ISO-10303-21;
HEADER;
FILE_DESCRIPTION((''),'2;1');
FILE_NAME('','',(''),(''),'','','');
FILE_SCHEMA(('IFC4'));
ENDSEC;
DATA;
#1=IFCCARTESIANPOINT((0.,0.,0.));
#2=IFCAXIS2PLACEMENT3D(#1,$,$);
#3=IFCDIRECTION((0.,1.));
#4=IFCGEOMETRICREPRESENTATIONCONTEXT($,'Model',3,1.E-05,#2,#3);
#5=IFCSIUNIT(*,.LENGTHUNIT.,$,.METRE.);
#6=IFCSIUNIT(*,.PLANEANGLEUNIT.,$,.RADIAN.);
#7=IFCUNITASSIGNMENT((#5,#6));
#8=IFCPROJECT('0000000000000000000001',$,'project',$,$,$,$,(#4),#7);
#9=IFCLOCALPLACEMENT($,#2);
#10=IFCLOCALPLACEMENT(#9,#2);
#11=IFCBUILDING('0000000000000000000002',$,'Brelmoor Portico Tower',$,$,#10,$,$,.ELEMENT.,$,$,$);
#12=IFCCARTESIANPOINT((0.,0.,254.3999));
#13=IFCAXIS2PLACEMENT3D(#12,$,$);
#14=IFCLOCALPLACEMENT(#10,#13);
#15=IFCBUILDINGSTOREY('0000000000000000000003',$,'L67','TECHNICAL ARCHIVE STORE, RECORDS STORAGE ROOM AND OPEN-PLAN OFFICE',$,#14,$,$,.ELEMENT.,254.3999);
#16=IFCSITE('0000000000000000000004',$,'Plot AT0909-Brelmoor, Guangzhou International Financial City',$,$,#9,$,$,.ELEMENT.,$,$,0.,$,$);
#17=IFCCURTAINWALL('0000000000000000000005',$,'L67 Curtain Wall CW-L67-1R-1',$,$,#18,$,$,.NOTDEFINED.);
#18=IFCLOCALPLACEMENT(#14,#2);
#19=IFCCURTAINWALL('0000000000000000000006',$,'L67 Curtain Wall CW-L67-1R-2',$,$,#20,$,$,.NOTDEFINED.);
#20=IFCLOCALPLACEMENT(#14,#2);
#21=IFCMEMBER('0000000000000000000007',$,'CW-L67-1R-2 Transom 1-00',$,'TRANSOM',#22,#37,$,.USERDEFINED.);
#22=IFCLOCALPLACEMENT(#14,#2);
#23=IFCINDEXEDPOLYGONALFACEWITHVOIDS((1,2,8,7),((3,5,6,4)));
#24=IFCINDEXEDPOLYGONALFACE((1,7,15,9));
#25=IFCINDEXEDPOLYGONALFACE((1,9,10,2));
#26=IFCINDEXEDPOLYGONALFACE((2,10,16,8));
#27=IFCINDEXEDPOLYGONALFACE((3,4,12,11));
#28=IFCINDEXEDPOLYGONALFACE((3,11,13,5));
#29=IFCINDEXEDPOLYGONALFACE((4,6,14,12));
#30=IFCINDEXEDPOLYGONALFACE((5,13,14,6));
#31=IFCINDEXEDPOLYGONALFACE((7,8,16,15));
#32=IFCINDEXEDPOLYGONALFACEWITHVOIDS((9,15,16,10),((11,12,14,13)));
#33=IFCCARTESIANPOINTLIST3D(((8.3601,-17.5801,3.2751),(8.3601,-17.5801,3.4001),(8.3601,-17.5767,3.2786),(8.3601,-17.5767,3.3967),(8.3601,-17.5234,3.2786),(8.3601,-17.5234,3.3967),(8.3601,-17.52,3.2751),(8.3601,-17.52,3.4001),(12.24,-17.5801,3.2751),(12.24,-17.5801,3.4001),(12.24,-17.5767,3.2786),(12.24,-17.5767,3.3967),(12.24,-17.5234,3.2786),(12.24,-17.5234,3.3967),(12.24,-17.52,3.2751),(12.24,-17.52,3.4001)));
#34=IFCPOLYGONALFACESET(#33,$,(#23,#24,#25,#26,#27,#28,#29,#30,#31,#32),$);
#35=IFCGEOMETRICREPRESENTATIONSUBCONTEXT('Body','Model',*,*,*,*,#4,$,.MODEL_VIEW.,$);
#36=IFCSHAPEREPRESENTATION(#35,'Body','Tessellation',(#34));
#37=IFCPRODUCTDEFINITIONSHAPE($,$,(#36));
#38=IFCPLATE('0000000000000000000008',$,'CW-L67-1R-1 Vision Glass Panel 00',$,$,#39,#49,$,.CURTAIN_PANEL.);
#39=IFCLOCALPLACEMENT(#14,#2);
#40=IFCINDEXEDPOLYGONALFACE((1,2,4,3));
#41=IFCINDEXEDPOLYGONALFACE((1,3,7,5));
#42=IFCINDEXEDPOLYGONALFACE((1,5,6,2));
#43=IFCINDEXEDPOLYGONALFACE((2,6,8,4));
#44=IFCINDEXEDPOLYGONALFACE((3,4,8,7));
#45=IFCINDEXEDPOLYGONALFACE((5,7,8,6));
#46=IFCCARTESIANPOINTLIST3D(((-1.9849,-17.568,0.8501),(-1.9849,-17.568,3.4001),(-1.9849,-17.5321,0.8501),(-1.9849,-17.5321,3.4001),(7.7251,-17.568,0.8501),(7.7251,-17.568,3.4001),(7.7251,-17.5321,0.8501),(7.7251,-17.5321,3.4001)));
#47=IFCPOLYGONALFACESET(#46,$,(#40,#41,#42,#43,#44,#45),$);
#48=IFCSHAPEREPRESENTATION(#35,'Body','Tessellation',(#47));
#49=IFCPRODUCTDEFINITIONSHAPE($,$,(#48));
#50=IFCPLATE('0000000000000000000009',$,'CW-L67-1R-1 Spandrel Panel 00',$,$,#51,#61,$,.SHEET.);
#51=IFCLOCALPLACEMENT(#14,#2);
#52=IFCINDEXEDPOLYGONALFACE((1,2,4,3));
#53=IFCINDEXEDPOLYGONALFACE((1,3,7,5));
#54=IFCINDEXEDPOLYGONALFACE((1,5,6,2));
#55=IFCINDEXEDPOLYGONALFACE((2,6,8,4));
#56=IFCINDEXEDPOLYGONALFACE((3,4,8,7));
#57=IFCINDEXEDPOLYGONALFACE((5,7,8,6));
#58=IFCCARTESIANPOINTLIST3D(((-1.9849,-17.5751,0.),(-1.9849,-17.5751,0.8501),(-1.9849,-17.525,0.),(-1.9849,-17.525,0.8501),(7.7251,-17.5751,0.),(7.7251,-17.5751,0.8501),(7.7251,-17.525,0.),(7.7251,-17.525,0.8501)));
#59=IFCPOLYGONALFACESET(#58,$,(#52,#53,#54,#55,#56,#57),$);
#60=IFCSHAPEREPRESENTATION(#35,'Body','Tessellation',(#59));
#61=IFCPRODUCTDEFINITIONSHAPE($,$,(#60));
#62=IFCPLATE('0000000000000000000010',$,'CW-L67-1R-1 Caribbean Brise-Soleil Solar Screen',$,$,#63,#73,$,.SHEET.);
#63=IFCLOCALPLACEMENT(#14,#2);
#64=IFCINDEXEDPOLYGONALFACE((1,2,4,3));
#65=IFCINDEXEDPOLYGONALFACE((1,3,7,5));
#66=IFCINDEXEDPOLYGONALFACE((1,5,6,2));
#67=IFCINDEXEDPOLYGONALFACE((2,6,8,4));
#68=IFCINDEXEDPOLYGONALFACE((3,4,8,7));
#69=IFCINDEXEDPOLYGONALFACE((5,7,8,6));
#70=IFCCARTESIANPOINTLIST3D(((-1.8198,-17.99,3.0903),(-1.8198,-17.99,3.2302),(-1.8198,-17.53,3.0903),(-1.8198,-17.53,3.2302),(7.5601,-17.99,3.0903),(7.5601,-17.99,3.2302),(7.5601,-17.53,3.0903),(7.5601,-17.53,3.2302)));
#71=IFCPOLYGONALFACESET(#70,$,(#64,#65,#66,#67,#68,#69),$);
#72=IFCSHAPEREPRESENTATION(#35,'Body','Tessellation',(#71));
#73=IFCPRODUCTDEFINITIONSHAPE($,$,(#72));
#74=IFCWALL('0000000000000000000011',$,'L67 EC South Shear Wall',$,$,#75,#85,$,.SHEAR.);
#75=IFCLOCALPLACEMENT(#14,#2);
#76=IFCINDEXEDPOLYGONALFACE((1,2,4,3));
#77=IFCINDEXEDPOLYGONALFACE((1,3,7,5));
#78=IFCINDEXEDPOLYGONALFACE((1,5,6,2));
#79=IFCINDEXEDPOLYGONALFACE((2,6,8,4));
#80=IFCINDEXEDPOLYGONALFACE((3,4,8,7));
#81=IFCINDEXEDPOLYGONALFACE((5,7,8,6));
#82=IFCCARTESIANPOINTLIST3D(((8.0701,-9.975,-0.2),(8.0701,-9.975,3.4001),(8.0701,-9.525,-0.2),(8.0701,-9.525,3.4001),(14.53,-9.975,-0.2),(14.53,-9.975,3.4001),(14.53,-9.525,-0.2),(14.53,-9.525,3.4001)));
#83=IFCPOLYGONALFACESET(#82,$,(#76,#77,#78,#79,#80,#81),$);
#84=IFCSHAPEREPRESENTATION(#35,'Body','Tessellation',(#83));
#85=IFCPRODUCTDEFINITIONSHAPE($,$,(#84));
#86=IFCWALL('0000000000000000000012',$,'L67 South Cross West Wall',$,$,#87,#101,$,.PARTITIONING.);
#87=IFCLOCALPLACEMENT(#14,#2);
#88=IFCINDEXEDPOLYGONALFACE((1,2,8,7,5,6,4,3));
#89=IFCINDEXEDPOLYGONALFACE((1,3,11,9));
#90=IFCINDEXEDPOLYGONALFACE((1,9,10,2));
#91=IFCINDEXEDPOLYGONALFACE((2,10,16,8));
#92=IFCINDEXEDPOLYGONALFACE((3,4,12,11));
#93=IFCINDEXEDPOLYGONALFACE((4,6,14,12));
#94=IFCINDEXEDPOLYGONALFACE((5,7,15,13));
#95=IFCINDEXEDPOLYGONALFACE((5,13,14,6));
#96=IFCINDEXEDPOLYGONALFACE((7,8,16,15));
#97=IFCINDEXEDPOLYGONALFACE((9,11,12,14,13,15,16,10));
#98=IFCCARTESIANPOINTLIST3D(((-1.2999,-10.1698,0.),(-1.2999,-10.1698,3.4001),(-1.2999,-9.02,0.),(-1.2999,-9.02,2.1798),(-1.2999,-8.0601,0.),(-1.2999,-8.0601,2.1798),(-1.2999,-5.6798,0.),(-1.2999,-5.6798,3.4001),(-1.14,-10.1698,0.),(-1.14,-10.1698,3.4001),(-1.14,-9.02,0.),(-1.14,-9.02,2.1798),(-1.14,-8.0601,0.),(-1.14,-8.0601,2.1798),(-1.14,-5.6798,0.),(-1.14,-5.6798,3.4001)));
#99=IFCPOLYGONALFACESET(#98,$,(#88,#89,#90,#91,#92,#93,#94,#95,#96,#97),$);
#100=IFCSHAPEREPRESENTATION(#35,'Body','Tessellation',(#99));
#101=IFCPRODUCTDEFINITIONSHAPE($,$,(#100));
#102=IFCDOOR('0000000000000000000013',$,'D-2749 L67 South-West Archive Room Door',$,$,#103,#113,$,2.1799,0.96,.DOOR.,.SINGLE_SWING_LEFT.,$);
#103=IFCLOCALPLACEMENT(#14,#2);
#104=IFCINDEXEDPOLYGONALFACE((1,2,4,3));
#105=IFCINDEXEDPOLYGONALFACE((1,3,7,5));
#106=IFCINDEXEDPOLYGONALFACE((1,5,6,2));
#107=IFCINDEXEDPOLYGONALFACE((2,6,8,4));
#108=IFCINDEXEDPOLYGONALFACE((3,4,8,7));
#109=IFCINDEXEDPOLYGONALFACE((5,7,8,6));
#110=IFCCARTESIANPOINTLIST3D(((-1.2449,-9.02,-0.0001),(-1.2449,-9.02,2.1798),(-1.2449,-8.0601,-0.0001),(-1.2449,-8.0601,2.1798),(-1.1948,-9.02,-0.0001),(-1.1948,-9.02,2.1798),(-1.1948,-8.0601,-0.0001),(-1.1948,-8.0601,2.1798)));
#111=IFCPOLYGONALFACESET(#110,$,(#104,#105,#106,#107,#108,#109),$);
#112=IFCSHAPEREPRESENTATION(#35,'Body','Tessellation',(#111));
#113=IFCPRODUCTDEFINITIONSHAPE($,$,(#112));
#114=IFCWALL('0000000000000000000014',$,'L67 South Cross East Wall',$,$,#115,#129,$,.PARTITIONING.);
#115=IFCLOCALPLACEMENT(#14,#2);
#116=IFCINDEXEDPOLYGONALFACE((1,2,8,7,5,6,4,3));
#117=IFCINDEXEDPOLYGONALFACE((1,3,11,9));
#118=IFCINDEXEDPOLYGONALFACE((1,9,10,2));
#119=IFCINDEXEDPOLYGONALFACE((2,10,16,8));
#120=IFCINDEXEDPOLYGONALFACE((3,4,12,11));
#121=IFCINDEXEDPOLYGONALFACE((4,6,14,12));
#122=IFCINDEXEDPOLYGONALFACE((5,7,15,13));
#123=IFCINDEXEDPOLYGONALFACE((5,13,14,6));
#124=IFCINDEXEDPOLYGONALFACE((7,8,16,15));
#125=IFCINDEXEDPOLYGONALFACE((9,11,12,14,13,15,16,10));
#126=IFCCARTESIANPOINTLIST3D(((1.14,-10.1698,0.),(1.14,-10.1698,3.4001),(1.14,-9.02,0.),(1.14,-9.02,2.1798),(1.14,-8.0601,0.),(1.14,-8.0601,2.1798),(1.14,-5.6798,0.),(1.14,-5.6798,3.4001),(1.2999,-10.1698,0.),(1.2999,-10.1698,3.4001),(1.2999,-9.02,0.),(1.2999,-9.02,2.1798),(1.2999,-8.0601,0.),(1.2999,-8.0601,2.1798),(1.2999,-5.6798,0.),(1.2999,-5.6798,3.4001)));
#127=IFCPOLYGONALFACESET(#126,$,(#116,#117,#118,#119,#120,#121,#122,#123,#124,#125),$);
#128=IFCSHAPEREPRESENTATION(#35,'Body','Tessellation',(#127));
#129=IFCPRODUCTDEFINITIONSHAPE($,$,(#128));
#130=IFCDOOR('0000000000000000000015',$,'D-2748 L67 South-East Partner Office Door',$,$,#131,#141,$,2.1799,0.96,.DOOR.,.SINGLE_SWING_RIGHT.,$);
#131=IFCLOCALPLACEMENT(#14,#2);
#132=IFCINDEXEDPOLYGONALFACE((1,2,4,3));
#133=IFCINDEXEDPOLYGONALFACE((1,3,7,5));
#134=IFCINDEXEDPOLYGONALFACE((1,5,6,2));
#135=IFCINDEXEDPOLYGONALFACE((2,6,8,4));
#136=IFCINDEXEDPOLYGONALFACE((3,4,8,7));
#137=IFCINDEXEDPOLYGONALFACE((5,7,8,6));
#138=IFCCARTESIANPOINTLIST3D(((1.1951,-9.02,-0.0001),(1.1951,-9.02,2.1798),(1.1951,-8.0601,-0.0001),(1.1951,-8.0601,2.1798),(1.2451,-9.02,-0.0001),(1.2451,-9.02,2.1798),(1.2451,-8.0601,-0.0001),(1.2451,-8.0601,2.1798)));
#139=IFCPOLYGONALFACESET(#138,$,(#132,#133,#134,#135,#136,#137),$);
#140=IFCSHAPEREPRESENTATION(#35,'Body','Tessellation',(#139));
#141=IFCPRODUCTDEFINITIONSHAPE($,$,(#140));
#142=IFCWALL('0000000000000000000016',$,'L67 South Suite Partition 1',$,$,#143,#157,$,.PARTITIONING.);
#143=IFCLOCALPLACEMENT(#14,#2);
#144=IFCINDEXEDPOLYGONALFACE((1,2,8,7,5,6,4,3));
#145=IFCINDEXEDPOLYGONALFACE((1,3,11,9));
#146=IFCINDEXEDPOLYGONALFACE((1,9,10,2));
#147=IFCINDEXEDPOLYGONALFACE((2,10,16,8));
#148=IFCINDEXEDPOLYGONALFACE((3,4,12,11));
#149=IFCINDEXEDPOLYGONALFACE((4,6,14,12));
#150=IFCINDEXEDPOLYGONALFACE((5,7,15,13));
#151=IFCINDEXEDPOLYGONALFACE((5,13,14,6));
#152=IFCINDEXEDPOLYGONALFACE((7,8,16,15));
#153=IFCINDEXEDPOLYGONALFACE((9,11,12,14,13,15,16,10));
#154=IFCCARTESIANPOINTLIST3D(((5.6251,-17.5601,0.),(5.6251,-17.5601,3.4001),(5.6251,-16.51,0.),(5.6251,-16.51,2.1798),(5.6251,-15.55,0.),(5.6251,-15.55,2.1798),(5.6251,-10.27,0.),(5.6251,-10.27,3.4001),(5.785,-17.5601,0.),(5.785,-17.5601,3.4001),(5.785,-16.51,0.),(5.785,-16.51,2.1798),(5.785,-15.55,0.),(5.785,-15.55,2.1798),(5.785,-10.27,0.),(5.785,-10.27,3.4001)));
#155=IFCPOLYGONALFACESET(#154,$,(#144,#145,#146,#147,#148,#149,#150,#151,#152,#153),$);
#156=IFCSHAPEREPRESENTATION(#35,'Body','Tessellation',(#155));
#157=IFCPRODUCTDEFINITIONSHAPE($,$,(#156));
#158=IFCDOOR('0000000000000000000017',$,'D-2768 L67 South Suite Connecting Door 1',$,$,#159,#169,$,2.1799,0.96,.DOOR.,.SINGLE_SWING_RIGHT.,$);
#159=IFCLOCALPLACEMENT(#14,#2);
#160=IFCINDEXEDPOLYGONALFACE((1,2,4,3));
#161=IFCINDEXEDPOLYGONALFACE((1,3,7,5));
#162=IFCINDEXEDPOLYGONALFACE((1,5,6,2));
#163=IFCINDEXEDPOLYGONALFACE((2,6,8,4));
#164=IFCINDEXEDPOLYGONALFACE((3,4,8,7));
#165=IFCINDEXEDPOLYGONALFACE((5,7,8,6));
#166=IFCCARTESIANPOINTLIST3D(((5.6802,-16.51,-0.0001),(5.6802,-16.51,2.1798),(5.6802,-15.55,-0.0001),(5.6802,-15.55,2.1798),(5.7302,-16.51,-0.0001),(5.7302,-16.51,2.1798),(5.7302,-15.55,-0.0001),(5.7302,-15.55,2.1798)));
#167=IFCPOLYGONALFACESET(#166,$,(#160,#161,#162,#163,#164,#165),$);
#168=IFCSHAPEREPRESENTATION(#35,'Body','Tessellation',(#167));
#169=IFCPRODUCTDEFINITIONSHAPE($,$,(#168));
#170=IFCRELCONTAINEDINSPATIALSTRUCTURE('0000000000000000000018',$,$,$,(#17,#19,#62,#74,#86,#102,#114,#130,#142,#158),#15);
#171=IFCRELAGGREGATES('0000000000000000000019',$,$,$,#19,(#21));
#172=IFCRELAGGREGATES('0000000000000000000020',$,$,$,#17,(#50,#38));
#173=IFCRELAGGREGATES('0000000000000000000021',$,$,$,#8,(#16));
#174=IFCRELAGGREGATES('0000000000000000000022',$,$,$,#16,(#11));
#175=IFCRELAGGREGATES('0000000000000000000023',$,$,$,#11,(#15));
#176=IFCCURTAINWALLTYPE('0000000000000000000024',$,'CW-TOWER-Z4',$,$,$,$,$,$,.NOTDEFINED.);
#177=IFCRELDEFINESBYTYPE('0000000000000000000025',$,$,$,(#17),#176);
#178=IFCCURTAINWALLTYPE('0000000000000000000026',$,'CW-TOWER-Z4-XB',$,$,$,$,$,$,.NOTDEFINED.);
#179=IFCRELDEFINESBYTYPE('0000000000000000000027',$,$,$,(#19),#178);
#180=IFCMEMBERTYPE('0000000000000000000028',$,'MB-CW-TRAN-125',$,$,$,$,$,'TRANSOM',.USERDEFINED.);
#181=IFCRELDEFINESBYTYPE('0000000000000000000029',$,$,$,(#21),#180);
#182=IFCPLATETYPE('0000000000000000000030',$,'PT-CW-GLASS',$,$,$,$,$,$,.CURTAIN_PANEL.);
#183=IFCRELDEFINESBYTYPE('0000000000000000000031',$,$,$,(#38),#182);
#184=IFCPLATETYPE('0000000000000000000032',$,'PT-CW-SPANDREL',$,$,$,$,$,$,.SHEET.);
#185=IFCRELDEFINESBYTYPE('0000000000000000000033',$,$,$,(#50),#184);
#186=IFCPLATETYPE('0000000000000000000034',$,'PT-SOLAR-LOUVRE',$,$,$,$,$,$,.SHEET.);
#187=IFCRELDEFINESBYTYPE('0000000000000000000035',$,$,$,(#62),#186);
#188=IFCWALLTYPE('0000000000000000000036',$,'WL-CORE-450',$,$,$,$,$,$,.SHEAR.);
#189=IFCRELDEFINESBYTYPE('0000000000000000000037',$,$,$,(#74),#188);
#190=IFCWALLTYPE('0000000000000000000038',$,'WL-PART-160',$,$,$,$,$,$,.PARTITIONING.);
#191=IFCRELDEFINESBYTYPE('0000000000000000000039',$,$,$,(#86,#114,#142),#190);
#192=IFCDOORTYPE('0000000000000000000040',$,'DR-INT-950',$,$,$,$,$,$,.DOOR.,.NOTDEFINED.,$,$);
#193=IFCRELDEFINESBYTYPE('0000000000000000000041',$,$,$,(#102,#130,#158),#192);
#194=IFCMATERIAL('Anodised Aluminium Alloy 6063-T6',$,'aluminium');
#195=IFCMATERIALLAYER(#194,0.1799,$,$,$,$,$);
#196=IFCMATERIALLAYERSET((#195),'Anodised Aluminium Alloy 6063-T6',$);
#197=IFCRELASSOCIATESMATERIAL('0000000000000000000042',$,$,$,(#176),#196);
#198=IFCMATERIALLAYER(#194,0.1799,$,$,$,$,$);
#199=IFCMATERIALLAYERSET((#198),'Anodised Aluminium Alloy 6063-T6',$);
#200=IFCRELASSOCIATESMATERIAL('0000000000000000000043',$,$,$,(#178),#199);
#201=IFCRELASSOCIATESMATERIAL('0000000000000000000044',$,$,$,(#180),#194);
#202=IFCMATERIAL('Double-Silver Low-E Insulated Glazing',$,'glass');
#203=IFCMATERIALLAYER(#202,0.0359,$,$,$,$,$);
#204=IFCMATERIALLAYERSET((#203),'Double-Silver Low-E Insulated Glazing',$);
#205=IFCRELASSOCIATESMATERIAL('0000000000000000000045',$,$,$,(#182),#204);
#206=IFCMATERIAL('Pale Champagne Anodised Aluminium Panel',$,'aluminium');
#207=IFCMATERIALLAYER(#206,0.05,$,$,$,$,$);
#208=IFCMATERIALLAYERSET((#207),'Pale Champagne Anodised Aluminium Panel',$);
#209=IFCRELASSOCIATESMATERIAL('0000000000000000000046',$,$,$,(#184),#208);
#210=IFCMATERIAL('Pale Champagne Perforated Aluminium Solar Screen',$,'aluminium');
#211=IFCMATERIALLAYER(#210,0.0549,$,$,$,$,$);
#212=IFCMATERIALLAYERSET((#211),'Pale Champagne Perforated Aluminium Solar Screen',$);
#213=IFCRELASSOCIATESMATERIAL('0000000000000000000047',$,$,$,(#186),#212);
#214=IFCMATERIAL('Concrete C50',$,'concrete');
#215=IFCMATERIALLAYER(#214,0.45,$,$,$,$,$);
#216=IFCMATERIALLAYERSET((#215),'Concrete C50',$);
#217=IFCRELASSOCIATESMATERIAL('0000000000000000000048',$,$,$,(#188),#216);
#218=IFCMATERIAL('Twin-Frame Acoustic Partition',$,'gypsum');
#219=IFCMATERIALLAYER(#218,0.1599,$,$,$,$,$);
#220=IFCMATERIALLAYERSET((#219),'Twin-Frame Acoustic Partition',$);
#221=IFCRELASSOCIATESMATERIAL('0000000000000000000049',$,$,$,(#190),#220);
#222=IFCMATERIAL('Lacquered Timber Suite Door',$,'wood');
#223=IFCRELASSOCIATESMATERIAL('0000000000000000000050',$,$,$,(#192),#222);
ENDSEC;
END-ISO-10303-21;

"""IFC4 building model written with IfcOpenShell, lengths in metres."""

from ifc_helpers import new_model, si_unit, direction, frame, frame_2d, origin, origin_2d, place, context, subcontext, project, spatial, rectangle, hollow_rectangle, extrude, material, layer, layer_set, material_profile, profile_set, type_object, element, fill, aggregate, save


model = new_model("IFC4")

# Units and contexts
model_context = context("Model", 3, precision=1e-05, world=origin(), true_north=direction((0.0, 1.0)))
body_context = subcontext(model_context, "Body", "Model", "MODEL_VIEW")
ifc_project = project(units=[si_unit("LENGTHUNIT", "METRE"), si_unit("PLANEANGLEUNIT", "RADIAN")], contexts=[model_context])

# Site, building, storey
site_placement = place(None, origin())
site = spatial("IfcSite", under=ifc_project, at=site_placement, Name="Plot AT0909-Brelmoor, Guangzhou International Financial City", CompositionType="ELEMENT", RefElevation=0.0)
building_placement = place(site_placement, origin())
building = spatial("IfcBuilding", under=site, at=building_placement, Name="Brelmoor Portico Tower", CompositionType="ELEMENT")
storey_placement = place(building_placement, frame((0.0, 0.0, 254.3999)))
storey = spatial("IfcBuildingStorey", under=building, at=storey_placement, Name="L67", Description="TECHNICAL ARCHIVE STORE, RECORDS STORAGE ROOM AND OPEN-PLAN OFFICE", CompositionType="ELEMENT", Elevation=254.3999)

# Curtain wall
ifc_material_1 = material(Name="Anodised Aluminium Alloy 6063-T6", Category="aluminium")
ifc_layer_1 = layer(ifc_material_1, 0.1799)
ifc_layer_set_1 = layer_set([ifc_layer_1], Name="Anodised Aluminium Alloy 6063-T6")
curtain_wall_type_1 = type_object("IfcCurtainWallType", Name="CW-TOWER-Z4", PredefinedType="NOTDEFINED", material=ifc_layer_set_1)
curtain_wall_1_placement = place(storey_placement, origin())
curtain_wall_1 = element("IfcCurtainWall", 1, at=curtain_wall_1_placement, inside=storey, type_object=curtain_wall_type_1, Name="L67 Curtain Wall CW-L67-1R-1", PredefinedType="NOTDEFINED")

# Curtain wall
ifc_layer_2 = layer(ifc_material_1, 0.1799)
ifc_layer_set_2 = layer_set([ifc_layer_2], Name="Anodised Aluminium Alloy 6063-T6")
curtain_wall_type_2 = type_object("IfcCurtainWallType", Name="CW-TOWER-Z4-XB", PredefinedType="NOTDEFINED", material=ifc_layer_set_2)
curtain_wall_2_placement = place(storey_placement, origin())
curtain_wall_2 = element("IfcCurtainWall", 2, at=curtain_wall_2_placement, inside=storey, type_object=curtain_wall_type_2, Name="L67 Curtain Wall CW-L67-1R-2", PredefinedType="NOTDEFINED")

# Member
ifc_material_profile_1 = material_profile(ifc_material_1, hollow_rectangle(XDim=0.0601, YDim=0.125, WallThickness=0.0034, at=origin_2d()), Name="ALU TRANSOM 60x125")
ifc_profile_set_1 = profile_set([ifc_material_profile_1], Name="Anodised Aluminium Alloy 6063-T6")
member_type_1 = type_object("IfcMemberType", Name="MB-CW-TRAN-125", ElementType="TRANSOM", PredefinedType="USERDEFINED", material=ifc_profile_set_1)
member_1_placement = place(storey_placement, frame((8.3601, -17.55, 3.3376), z_axis=(1.0, 0.0, 0.0), x_axis=(0.0, 1.0, 0.0)))
member_1 = element("IfcMember", 3, at=member_1_placement, type_object=member_type_1, Name="CW-L67-1R-2 Transom 1-00", ObjectType="TRANSOM", PredefinedType="USERDEFINED", context=body_context, shape_type="SweptSolid", body=[
    extrude(hollow_rectangle(XDim=0.0601, YDim=0.125, WallThickness=0.0034, at=origin_2d()), origin(), (0.0, 0.0, 1.0), 3.8799),
])
aggregate(curtain_wall_2, [member_1])

# Plates
ifc_material_2 = material(Name="Double-Silver Low-E Insulated Glazing", Category="glass")
ifc_layer_3 = layer(ifc_material_2, 0.0359)
ifc_layer_set_3 = layer_set([ifc_layer_3], Name="Double-Silver Low-E Insulated Glazing")
plate_type_1 = type_object("IfcPlateType", Name="PT-CW-GLASS", PredefinedType="CURTAIN_PANEL", material=ifc_layer_set_3)
plate_1_placement = place(storey_placement, frame((2.8701, -17.55, 0.8501), z_axis=(0.0, 0.0, 1.0), x_axis=(1.0, 0.0, 0.0)))
plate_1 = element("IfcPlate", 4, at=plate_1_placement, type_object=plate_type_1, Name="CW-L67-1R-1 Vision Glass Panel 00", PredefinedType="CURTAIN_PANEL", context=body_context, shape_type="SweptSolid", body=[
    extrude(rectangle(XDim=9.71, YDim=0.0359, at=origin_2d()), origin(), (0.0, 0.0, 1.0), 2.55),
])
ifc_material_3 = material(Name="Pale Champagne Anodised Aluminium Panel", Category="aluminium")
ifc_layer_4 = layer(ifc_material_3, 0.05)
ifc_layer_set_4 = layer_set([ifc_layer_4], Name="Pale Champagne Anodised Aluminium Panel")
plate_type_2 = type_object("IfcPlateType", Name="PT-CW-SPANDREL", PredefinedType="SHEET", material=ifc_layer_set_4)
plate_2_placement = place(storey_placement, frame((2.8701, -17.55, 0.0), z_axis=(0.0, 0.0, 1.0), x_axis=(1.0, 0.0, 0.0)))
plate_2 = element("IfcPlate", 5, at=plate_2_placement, type_object=plate_type_2, Name="CW-L67-1R-1 Spandrel Panel 00", PredefinedType="SHEET", context=body_context, shape_type="SweptSolid", body=[
    extrude(rectangle(XDim=9.71, YDim=0.05, at=origin_2d()), origin(), (0.0, 0.0, 1.0), 0.8501),
])
aggregate(curtain_wall_1, [plate_2, plate_1])
ifc_material_4 = material(Name="Pale Champagne Perforated Aluminium Solar Screen", Category="aluminium")
ifc_layer_5 = layer(ifc_material_4, 0.0549)
ifc_layer_set_5 = layer_set([ifc_layer_5], Name="Pale Champagne Perforated Aluminium Solar Screen")
plate_type_3 = type_object("IfcPlateType", Name="PT-SOLAR-LOUVRE", PredefinedType="SHEET", material=ifc_layer_set_5)
plate_3_placement = place(storey_placement, frame((2.8701, -17.76, 3.0903), z_axis=(0.0, 0.0, 1.0), x_axis=(1.0, 0.0, 0.0)))
element("IfcPlate", 6, at=plate_3_placement, inside=storey, type_object=plate_type_3, Name="CW-L67-1R-1 Caribbean Brise-Soleil Solar Screen", PredefinedType="SHEET", context=body_context, shape_type="SweptSolid", body=[
    extrude(rectangle(XDim=9.3799, YDim=0.46, at=origin_2d()), origin(), (0.0, 0.0, 1.0), 0.1399),
])

# Wall
ifc_material_5 = material(Name="Concrete C50", Category="concrete")
ifc_layer_6 = layer(ifc_material_5, 0.45)
ifc_layer_set_6 = layer_set([ifc_layer_6], Name="Concrete C50")
wall_type_1 = type_object("IfcWallType", Name="WL-CORE-450", PredefinedType="SHEAR", material=ifc_layer_set_6)
wall_1_placement = place(storey_placement, frame((8.0701, -9.75, -0.2), z_axis=(0.0, 0.0, 1.0), x_axis=(1.0, 0.0, 0.0)))
element("IfcWall", 7, at=wall_1_placement, inside=storey, type_object=wall_type_1, Name="L67 EC South Shear Wall", PredefinedType="SHEAR", context=body_context, shape_type="SweptSolid", body=[
    extrude(rectangle(XDim=6.46, YDim=0.45, at=frame_2d((3.23, 0.0))), origin(), (0.0, 0.0, 1.0), 3.6001),
])

# Walls, openings, doors
ifc_material_6 = material(Name="Twin-Frame Acoustic Partition", Category="gypsum")
ifc_layer_7 = layer(ifc_material_6, 0.1599)
ifc_layer_set_7 = layer_set([ifc_layer_7], Name="Twin-Frame Acoustic Partition")
wall_type_2 = type_object("IfcWallType", Name="WL-PART-160", PredefinedType="PARTITIONING", material=ifc_layer_set_7)
wall_2_placement = place(storey_placement, frame((-1.22, -10.1699, 0.0), z_axis=(0.0, 0.0, 1.0), x_axis=(0.0, 1.0, 0.0)))
wall_2 = element("IfcWall", 8, at=wall_2_placement, inside=storey, type_object=wall_type_2, Name="L67 South Cross West Wall", PredefinedType="PARTITIONING", context=body_context, shape_type="SweptSolid", body=[
    extrude(rectangle(XDim=4.49, YDim=0.1599, at=frame_2d((2.2451, 0.0))), origin(), (0.0, 0.0, 1.0), 3.4001),
])
opening_1_placement = place(wall_2_placement, frame((1.1499, 0.0, 0.0)))
opening_1 = element("IfcOpeningElement", 9, at=opening_1_placement, cuts=wall_2, PredefinedType="OPENING", context=body_context, shape_type="SweptSolid", body=[
    extrude(rectangle(XDim=0.96, YDim=2.1799, at=frame_2d((0.48, 1.0898))), frame((0.0, 0.0898, 0.0), z_axis=(0.0, -1.0, 0.0), x_axis=(1.0, 0.0, 0.0)), (0.0, 0.0, 1.0), 0.1799),
])
ifc_material_7 = material(Name="Lacquered Timber Suite Door", Category="wood")
door_type_1 = type_object("IfcDoorType", Name="DR-INT-950", OperationType="NOTDEFINED", PredefinedType="DOOR", material=ifc_material_7)
door_1_placement = place(opening_1_placement, origin())
door_1 = element("IfcDoor", 10, at=door_1_placement, inside=storey, type_object=door_type_1, Name="D-2749 L67 South-West Archive Room Door", OperationType="SINGLE_SWING_LEFT", OverallHeight=2.1799, OverallWidth=0.96, PredefinedType="DOOR", context=body_context, shape_type="SweptSolid", body=[
    extrude(rectangle(XDim=0.96, YDim=2.1799, at=frame_2d((0.48, 1.0898))), frame((0.0, 0.0249, 0.0), z_axis=(0.0, -1.0, 0.0), x_axis=(1.0, 0.0, 0.0)), (0.0, 0.0, 1.0), 0.05),
])
fill(opening_1, door_1)
wall_3_placement = place(storey_placement, frame((1.22, -10.1699, 0.0), z_axis=(0.0, 0.0, 1.0), x_axis=(0.0, 1.0, 0.0)))
wall_3 = element("IfcWall", 11, at=wall_3_placement, inside=storey, type_object=wall_type_2, Name="L67 South Cross East Wall", PredefinedType="PARTITIONING", context=body_context, shape_type="SweptSolid", body=[
    extrude(rectangle(XDim=4.49, YDim=0.1599, at=frame_2d((2.2451, 0.0))), origin(), (0.0, 0.0, 1.0), 3.4001),
])
opening_2_placement = place(wall_3_placement, frame((1.1499, 0.0, 0.0)))
opening_2 = element("IfcOpeningElement", 12, at=opening_2_placement, cuts=wall_3, PredefinedType="OPENING", context=body_context, shape_type="SweptSolid", body=[
    extrude(rectangle(XDim=0.96, YDim=2.1799, at=frame_2d((0.48, 1.0898))), frame((0.0, 0.0898, 0.0), z_axis=(0.0, -1.0, 0.0), x_axis=(1.0, 0.0, 0.0)), (0.0, 0.0, 1.0), 0.1799),
])
door_2_placement = place(opening_2_placement, origin())
door_2 = element("IfcDoor", 13, at=door_2_placement, inside=storey, type_object=door_type_1, Name="D-2748 L67 South-East Partner Office Door", OperationType="SINGLE_SWING_RIGHT", OverallHeight=2.1799, OverallWidth=0.96, PredefinedType="DOOR", context=body_context, shape_type="SweptSolid", body=[
    extrude(rectangle(XDim=0.96, YDim=2.1799, at=frame_2d((0.48, 1.0898))), frame((0.0, 0.0249, 0.0), z_axis=(0.0, -1.0, 0.0), x_axis=(1.0, 0.0, 0.0)), (0.0, 0.0, 1.0), 0.05),
])
fill(opening_2, door_2)
wall_4_placement = place(storey_placement, frame((5.7051, -17.5601, 0.0), z_axis=(0.0, 0.0, 1.0), x_axis=(0.0, 1.0, 0.0)))
wall_4 = element("IfcWall", 14, at=wall_4_placement, inside=storey, type_object=wall_type_2, Name="L67 South Suite Partition 1", PredefinedType="PARTITIONING", context=body_context, shape_type="SweptSolid", body=[
    extrude(rectangle(XDim=7.29, YDim=0.1599, at=frame_2d((3.645, 0.0))), origin(), (0.0, 0.0, 1.0), 3.4001),
])
opening_3_placement = place(wall_4_placement, frame((1.05, 0.0, 0.0)))
opening_3 = element("IfcOpeningElement", 15, at=opening_3_placement, cuts=wall_4, PredefinedType="OPENING", context=body_context, shape_type="SweptSolid", body=[
    extrude(rectangle(XDim=0.96, YDim=2.1799, at=frame_2d((0.48, 1.0898))), frame((0.0, 0.0898, 0.0), z_axis=(0.0, -1.0, 0.0), x_axis=(1.0, 0.0, 0.0)), (0.0, 0.0, 1.0), 0.1799),
])
door_3_placement = place(opening_3_placement, origin())
door_3 = element("IfcDoor", 16, at=door_3_placement, inside=storey, type_object=door_type_1, Name="D-2768 L67 South Suite Connecting Door 1", OperationType="SINGLE_SWING_RIGHT", OverallHeight=2.1799, OverallWidth=0.96, PredefinedType="DOOR", context=body_context, shape_type="SweptSolid", body=[
    extrude(rectangle(XDim=0.96, YDim=2.1799, at=frame_2d((0.48, 1.0898))), frame((0.0, 0.0249, 0.0), z_axis=(0.0, -1.0, 0.0), x_axis=(1.0, 0.0, 0.0)), (0.0, 0.0, 1.0), 0.05),
])
fill(opening_3, door_3)

save(model, "model.ifc")
